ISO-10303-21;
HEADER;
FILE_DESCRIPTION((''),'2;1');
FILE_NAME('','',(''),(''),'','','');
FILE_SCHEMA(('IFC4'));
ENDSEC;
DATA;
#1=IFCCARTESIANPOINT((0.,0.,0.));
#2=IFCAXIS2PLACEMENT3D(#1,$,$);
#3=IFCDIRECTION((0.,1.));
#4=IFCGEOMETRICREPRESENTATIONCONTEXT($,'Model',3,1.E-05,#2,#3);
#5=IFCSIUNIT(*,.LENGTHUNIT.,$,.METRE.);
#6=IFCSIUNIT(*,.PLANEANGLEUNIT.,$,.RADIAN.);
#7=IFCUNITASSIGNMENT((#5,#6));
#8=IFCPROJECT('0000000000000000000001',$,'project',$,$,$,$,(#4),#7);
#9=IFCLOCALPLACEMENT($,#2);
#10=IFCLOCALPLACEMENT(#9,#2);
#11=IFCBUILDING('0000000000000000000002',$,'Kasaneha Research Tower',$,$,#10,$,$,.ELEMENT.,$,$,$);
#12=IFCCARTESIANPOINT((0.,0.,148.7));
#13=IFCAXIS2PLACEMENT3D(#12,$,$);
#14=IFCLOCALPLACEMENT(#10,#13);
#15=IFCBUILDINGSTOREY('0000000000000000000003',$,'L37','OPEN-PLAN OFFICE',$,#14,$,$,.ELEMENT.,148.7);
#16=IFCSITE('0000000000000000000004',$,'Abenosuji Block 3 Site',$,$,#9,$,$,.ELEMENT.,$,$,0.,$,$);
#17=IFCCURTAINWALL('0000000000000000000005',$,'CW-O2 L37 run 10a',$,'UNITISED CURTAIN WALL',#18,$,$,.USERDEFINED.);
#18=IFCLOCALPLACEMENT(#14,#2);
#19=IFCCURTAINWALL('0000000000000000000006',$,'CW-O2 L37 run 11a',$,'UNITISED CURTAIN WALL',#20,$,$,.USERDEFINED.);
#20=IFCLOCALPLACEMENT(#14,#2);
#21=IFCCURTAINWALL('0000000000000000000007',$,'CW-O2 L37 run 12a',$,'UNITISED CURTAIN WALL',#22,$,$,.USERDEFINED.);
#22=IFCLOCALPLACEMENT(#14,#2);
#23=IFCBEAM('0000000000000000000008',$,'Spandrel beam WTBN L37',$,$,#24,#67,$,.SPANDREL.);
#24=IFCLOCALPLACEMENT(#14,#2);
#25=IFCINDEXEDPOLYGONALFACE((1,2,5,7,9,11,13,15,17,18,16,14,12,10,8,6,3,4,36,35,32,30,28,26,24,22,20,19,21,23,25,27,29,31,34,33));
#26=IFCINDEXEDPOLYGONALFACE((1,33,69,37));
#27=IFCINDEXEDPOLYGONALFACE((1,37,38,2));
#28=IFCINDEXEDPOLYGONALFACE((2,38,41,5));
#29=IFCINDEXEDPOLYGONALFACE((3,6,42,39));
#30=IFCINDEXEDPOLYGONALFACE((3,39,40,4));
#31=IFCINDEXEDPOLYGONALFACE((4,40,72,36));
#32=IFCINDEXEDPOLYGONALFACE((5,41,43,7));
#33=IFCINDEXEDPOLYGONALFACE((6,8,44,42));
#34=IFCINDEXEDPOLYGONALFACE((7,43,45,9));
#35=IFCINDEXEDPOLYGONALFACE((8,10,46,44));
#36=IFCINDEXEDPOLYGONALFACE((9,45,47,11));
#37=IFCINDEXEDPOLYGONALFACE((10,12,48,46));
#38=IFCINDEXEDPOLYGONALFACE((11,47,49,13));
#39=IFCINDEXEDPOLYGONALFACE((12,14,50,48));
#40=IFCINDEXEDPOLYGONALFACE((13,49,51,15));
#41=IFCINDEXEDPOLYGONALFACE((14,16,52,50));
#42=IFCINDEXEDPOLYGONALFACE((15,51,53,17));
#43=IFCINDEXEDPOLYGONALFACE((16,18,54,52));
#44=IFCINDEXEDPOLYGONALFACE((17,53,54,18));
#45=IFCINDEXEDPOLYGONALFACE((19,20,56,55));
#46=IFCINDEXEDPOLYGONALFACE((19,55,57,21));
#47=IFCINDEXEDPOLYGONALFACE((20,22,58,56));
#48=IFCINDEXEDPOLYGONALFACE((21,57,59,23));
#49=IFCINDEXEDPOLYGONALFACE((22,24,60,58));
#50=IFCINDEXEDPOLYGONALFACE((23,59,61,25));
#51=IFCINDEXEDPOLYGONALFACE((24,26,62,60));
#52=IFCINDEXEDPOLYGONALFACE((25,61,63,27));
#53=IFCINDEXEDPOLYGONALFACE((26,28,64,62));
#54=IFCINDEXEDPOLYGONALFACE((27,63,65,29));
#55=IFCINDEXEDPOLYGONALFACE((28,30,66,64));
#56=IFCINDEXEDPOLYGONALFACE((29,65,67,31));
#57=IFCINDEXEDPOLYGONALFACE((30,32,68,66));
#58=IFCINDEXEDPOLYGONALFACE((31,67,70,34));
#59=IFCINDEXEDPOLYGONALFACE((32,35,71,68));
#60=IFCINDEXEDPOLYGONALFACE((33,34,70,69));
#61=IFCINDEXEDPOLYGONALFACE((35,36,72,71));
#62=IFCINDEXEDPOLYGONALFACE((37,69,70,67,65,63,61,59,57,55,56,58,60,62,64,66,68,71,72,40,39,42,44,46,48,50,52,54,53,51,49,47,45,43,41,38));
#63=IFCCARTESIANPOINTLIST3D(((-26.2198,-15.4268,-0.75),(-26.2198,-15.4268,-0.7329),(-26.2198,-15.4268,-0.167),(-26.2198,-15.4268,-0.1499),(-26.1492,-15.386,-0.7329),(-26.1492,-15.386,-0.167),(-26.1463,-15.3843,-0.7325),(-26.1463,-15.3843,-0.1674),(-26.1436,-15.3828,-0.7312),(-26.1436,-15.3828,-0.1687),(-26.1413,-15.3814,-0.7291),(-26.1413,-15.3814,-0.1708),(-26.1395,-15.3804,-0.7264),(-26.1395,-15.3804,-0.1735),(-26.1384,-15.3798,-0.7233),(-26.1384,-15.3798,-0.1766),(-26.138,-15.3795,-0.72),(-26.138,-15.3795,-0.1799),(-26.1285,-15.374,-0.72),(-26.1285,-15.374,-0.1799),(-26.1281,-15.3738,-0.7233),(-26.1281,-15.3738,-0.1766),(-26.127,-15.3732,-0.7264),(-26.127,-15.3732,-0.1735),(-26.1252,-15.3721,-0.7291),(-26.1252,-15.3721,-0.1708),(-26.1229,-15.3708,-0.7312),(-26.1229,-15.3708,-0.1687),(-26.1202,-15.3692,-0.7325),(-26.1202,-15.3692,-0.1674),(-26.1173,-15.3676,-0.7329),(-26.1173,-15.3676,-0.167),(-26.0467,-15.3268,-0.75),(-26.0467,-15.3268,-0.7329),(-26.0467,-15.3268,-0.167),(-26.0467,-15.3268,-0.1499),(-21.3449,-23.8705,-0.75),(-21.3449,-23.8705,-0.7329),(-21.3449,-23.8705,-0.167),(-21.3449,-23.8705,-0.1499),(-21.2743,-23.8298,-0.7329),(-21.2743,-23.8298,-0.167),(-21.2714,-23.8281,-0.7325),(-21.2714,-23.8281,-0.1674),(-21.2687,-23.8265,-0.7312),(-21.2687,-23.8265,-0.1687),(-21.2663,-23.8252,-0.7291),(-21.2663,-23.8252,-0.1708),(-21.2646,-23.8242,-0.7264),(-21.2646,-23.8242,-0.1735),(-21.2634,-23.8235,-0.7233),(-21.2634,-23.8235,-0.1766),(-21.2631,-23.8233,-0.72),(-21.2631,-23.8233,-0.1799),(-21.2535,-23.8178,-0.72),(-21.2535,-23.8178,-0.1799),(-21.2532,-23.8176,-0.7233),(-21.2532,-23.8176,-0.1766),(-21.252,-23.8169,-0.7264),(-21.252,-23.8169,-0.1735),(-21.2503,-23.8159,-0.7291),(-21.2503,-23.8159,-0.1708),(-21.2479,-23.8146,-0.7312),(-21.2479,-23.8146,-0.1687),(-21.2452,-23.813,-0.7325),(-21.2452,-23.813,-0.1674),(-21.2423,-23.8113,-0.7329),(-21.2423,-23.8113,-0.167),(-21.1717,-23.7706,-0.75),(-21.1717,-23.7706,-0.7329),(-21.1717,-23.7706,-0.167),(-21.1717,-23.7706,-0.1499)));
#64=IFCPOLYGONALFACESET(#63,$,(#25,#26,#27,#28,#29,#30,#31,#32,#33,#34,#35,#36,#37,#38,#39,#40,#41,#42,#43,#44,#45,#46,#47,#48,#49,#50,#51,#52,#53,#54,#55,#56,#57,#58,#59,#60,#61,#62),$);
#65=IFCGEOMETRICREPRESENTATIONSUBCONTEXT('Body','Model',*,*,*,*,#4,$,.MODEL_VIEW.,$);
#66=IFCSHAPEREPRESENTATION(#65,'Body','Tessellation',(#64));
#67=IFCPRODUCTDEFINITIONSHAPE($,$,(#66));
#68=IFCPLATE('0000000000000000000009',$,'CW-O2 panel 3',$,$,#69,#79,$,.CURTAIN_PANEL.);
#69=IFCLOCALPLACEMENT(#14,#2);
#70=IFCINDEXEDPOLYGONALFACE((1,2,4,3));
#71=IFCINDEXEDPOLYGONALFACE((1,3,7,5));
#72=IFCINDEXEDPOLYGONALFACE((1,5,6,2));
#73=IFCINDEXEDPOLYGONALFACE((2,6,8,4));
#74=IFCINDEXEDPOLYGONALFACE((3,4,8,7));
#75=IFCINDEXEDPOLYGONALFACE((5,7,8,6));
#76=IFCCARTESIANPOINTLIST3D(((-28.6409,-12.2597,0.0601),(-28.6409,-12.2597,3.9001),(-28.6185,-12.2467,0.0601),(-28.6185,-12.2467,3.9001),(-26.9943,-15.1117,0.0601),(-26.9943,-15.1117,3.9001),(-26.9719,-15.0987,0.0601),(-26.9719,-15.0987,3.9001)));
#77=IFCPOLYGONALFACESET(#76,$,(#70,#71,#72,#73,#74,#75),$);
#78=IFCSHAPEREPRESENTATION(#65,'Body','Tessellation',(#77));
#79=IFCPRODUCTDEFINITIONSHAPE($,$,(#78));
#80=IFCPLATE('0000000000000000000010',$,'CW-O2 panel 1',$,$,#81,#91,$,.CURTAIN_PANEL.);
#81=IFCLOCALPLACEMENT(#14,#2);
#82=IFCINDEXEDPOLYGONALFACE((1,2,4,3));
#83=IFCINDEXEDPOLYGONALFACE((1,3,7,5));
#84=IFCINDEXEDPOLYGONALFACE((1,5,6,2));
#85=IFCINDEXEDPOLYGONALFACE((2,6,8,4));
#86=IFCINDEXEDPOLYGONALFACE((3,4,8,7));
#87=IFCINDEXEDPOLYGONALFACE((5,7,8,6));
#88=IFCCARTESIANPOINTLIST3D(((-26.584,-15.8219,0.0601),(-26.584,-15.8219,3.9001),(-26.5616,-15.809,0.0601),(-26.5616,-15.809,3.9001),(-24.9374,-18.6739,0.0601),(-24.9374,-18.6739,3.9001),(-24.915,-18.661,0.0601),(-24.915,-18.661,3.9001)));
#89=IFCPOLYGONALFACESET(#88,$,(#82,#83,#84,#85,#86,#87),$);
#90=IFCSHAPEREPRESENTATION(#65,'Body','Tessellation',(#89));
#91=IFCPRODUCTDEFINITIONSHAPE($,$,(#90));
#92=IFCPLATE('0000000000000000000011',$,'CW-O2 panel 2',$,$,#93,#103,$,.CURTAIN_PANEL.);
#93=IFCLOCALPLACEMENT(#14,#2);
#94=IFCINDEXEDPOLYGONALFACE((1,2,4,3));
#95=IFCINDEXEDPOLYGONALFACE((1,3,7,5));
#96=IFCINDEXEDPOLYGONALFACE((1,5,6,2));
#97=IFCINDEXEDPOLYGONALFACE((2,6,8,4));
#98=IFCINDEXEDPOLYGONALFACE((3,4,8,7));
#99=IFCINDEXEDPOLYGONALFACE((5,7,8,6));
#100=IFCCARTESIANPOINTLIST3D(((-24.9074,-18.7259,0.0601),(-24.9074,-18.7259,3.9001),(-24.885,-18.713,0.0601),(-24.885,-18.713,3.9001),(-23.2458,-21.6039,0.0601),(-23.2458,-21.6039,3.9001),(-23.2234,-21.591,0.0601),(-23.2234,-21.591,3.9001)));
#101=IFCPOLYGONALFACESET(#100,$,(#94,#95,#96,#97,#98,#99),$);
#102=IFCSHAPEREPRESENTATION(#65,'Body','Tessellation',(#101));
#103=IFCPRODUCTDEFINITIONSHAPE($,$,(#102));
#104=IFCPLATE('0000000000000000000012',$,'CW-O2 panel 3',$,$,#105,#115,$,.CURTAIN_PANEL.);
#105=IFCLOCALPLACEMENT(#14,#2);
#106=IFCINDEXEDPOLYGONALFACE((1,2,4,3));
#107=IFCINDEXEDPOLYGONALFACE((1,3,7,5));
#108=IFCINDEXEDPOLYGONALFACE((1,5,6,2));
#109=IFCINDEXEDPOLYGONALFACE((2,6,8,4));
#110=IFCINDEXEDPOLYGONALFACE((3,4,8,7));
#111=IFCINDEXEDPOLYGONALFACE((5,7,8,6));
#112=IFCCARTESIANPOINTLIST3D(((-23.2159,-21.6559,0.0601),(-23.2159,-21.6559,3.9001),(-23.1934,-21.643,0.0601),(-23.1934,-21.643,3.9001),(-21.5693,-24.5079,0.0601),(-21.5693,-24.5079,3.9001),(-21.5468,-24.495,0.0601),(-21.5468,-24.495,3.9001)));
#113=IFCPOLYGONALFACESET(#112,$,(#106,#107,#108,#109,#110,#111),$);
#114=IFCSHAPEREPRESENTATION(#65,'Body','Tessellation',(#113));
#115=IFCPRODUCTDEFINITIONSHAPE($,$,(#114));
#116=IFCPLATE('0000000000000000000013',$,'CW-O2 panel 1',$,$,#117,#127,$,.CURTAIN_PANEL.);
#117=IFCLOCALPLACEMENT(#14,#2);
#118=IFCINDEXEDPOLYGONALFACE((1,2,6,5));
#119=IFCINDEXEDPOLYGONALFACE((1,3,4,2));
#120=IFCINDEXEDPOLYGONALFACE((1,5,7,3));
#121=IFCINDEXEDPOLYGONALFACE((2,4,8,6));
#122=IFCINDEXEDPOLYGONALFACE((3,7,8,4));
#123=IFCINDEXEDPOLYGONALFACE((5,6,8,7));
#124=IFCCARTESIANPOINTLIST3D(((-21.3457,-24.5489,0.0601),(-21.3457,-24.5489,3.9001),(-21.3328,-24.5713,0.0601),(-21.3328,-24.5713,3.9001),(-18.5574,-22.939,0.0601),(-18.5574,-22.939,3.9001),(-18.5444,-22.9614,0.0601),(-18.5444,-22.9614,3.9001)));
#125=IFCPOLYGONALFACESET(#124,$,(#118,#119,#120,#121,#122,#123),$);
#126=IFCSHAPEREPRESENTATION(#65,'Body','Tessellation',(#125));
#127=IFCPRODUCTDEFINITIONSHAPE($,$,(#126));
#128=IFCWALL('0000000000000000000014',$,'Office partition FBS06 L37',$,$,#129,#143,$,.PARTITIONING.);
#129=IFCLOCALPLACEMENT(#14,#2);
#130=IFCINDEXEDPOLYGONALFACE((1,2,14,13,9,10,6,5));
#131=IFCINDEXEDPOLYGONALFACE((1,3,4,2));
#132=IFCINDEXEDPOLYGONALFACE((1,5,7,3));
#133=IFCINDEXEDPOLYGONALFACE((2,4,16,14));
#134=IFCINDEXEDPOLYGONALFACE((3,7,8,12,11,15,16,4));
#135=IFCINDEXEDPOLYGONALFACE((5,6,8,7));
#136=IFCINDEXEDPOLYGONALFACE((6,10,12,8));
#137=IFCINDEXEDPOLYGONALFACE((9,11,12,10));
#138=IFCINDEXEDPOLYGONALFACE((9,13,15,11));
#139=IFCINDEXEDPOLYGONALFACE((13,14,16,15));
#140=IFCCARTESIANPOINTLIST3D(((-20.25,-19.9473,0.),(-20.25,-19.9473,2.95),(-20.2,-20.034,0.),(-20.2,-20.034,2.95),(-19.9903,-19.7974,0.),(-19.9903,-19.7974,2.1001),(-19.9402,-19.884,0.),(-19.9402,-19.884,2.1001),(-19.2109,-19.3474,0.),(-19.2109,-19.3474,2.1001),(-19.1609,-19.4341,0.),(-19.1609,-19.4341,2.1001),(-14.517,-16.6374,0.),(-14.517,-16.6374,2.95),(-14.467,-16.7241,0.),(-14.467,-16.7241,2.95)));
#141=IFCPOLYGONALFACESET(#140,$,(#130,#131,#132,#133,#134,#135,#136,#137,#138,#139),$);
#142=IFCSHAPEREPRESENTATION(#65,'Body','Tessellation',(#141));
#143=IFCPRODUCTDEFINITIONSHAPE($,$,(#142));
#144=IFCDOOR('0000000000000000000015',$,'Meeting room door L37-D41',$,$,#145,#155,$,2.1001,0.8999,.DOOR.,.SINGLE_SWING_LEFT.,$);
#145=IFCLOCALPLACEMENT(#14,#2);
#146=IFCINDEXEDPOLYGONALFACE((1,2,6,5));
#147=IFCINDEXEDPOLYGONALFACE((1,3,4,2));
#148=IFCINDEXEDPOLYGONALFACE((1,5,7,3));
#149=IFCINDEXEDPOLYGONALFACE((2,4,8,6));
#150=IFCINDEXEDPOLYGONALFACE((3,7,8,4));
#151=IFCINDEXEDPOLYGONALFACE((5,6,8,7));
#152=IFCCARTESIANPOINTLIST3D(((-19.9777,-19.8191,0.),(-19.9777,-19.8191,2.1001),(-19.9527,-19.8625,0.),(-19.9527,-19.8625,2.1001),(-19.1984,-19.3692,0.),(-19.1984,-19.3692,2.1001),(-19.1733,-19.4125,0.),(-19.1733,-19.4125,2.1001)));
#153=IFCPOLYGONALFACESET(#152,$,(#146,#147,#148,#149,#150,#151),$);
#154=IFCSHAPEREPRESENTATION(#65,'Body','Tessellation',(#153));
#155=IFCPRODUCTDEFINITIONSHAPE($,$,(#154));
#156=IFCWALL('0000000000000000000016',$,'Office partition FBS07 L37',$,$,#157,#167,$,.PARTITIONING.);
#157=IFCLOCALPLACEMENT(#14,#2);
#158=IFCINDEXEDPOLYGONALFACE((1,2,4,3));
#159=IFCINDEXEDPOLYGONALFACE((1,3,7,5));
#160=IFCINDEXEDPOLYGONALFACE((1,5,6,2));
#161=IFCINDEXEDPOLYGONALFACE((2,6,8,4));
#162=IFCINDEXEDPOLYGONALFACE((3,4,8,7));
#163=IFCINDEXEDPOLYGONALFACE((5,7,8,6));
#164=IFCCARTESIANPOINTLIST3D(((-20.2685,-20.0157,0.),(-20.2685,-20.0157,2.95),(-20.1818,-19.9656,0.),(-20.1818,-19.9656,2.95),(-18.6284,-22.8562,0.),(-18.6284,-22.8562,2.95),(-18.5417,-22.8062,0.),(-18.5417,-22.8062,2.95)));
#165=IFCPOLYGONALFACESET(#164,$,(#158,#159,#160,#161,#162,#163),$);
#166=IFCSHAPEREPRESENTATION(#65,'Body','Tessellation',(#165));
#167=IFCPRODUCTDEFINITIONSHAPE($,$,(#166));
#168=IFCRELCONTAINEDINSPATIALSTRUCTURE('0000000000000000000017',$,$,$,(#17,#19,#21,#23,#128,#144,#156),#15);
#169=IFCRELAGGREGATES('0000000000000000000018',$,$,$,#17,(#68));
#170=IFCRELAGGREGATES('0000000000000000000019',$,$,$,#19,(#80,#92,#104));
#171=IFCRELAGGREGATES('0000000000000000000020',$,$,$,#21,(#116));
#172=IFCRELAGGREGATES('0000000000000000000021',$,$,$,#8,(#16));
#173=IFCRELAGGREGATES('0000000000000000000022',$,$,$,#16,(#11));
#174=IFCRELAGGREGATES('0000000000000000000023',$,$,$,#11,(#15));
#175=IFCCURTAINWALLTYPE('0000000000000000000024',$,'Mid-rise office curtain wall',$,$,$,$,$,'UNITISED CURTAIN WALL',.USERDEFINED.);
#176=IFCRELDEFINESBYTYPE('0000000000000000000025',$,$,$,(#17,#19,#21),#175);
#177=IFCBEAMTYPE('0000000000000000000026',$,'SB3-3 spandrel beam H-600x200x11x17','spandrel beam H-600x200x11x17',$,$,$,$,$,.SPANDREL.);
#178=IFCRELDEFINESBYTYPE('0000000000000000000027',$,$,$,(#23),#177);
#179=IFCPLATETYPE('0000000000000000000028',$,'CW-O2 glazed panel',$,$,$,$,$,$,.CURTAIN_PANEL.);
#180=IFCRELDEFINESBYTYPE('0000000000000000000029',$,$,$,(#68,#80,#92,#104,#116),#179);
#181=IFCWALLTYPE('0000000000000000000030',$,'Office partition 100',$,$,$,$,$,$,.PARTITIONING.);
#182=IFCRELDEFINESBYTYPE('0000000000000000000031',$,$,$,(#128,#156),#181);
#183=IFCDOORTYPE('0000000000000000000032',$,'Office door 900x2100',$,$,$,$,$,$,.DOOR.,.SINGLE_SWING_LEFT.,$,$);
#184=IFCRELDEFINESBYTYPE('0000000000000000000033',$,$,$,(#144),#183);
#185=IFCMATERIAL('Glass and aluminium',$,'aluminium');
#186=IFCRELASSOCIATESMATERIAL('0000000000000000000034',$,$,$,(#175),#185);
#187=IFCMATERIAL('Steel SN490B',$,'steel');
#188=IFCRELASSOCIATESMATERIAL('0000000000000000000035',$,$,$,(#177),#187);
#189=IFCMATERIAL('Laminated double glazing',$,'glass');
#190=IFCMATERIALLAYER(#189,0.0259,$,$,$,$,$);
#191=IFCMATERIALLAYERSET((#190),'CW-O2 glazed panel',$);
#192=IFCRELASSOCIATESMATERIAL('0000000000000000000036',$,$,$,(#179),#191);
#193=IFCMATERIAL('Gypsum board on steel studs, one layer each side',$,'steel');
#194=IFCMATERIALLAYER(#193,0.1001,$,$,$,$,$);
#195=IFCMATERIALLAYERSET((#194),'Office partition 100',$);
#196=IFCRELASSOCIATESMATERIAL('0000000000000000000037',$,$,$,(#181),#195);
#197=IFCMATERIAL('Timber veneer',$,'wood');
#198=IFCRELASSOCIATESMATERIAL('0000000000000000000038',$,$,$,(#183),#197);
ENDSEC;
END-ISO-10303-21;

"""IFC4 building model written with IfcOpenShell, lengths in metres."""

from ifc_helpers import new_model, si_unit, direction, frame, frame_2d, origin, origin_2d, place, context, subcontext, project, spatial, rectangle, i_section, extrude, material, layer, layer_set, material_profile, profile_set, type_object, element, fill, aggregate, save


model = new_model("IFC4")

# Units and contexts
model_context = context("Model", 3, precision=1e-05, world=origin(), true_north=direction((0.0, 1.0)))
body_context = subcontext(model_context, "Body", "Model", "MODEL_VIEW")
ifc_project = project(units=[si_unit("LENGTHUNIT", "METRE"), si_unit("PLANEANGLEUNIT", "RADIAN")], contexts=[model_context])

# Site, building, storey
site_placement = place(None, origin())
site = spatial("IfcSite", under=ifc_project, at=site_placement, Name="Abenosuji Block 3 Site", CompositionType="ELEMENT", RefElevation=0.0)
building_placement = place(site_placement, origin())
building = spatial("IfcBuilding", under=site, at=building_placement, Name="Kasaneha Research Tower", CompositionType="ELEMENT")
storey_placement = place(building_placement, frame((0.0, 0.0, 148.7)))
storey = spatial("IfcBuildingStorey", under=building, at=storey_placement, Name="L37", Description="OPEN-PLAN OFFICE", CompositionType="ELEMENT", Elevation=148.7)

# Curtain wall
ifc_material_1 = material(Name="Glass and aluminium", Category="aluminium")
curtain_wall_type = type_object("IfcCurtainWallType", Name="Mid-rise office curtain wall", ElementType="UNITISED CURTAIN WALL", PredefinedType="USERDEFINED", material=ifc_material_1)
curtain_wall_1_placement = place(storey_placement, origin())
curtain_wall_1 = element("IfcCurtainWall", 1, at=curtain_wall_1_placement, inside=storey, type_object=curtain_wall_type, Name="CW-O2 L37 run 10a", ObjectType="UNITISED CURTAIN WALL", PredefinedType="USERDEFINED")

# Curtain walls
curtain_wall_2_placement = place(storey_placement, origin())
curtain_wall_2 = element("IfcCurtainWall", 2, at=curtain_wall_2_placement, inside=storey, type_object=curtain_wall_type, Name="CW-O2 L37 run 11a", ObjectType="UNITISED CURTAIN WALL", PredefinedType="USERDEFINED")
curtain_wall_3_placement = place(storey_placement, origin())
curtain_wall_3 = element("IfcCurtainWall", 3, at=curtain_wall_3_placement, inside=storey, type_object=curtain_wall_type, Name="CW-O2 L37 run 12a", ObjectType="UNITISED CURTAIN WALL", PredefinedType="USERDEFINED")

# Beam
ifc_material_2 = material(Name="Steel SN490B", Category="steel")
ifc_material_profile_1 = material_profile(ifc_material_2, i_section(OverallWidth=0.2, OverallDepth=0.6001, WebThickness=0.011, FlangeThickness=0.0171, FilletRadius=0.0129, at=origin_2d()), Name="H-600x200x11x17")
ifc_profile_set_1 = profile_set([ifc_material_profile_1], Name="Steel SN490B")
beam_type = type_object("IfcBeamType", Name="SB3-3 spandrel beam H-600x200x11x17", Description="spandrel beam H-600x200x11x17", PredefinedType="SPANDREL", material=ifc_profile_set_1)
beam_placement = place(storey_placement, frame((-21.2583, -23.8206, -0.45), z_axis=(-0.499996, 0.866028, 0.0), x_axis=(-0.866028, -0.499996, 0.0)))
element("IfcBeam", 4, at=beam_placement, inside=storey, type_object=beam_type, Name="Spandrel beam WTBN L37", PredefinedType="SPANDREL", context=body_context, shape_type="SweptSolid", body=[
    extrude(i_section(OverallWidth=0.2, OverallDepth=0.6001, WebThickness=0.011, FlangeThickness=0.0171, FilletRadius=0.0129, at=origin_2d()), origin(), (0.0, 0.0, 1.0), 9.75),
])

# Plates
ifc_material_3 = material(Name="Laminated double glazing", Category="glass")
ifc_layer_1 = layer(ifc_material_3, 0.0259)
ifc_layer_set_1 = layer_set([ifc_layer_1], Name="CW-O2 glazed panel")
plate_type = type_object("IfcPlateType", Name="CW-O2 glazed panel", PredefinedType="CURTAIN_PANEL", material=ifc_layer_set_1)
plate_1_placement = place(storey_placement, frame((-27.8064, -13.6792, 0.0601), z_axis=(0.0, 0.0, 1.0), x_axis=(0.5, -0.866025, 0.0)))
plate_1 = element("IfcPlate", 5, at=plate_1_placement, type_object=plate_type, Name="CW-O2 panel 3", PredefinedType="CURTAIN_PANEL", context=body_context, shape_type="SweptSolid", body=[
    extrude(rectangle(XDim=3.2932, YDim=0.0259, at=origin_2d()), origin(), (0.0, 0.0, 1.0), 3.8401),
])
aggregate(curtain_wall_1, [plate_1])
plate_2_placement = place(storey_placement, frame((-25.7495, -17.2415, 0.0601), z_axis=(0.0, 0.0, 1.0), x_axis=(0.5, -0.866025, 0.0)))
plate_2 = element("IfcPlate", 6, at=plate_2_placement, type_object=plate_type, Name="CW-O2 panel 1", PredefinedType="CURTAIN_PANEL", context=body_context, shape_type="SweptSolid", body=[
    extrude(rectangle(XDim=3.2932, YDim=0.0259, at=origin_2d()), origin(), (0.0, 0.0, 1.0), 3.8401),
])
plate_3_placement = place(storey_placement, frame((-24.0654, -20.1584, 0.0601), z_axis=(0.0, 0.0, 1.0), x_axis=(0.5, -0.866025, 0.0)))
plate_3 = element("IfcPlate", 7, at=plate_3_placement, type_object=plate_type, Name="CW-O2 panel 2", PredefinedType="CURTAIN_PANEL", context=body_context, shape_type="SweptSolid", body=[
    extrude(rectangle(XDim=3.3232, YDim=0.0259, at=origin_2d()), origin(), (0.0, 0.0, 1.0), 3.8401),
])
plate_4_placement = place(storey_placement, frame((-22.3813, -23.0754, 0.0601), z_axis=(0.0, 0.0, 1.0), x_axis=(0.5, -0.866025, 0.0)))
plate_4 = element("IfcPlate", 8, at=plate_4_placement, type_object=plate_type, Name="CW-O2 panel 3", PredefinedType="CURTAIN_PANEL", context=body_context, shape_type="SweptSolid", body=[
    extrude(rectangle(XDim=3.2932, YDim=0.0259, at=origin_2d()), origin(), (0.0, 0.0, 1.0), 3.8401),
])
aggregate(curtain_wall_2, [plate_2, plate_3, plate_4])
plate_5_placement = place(storey_placement, frame((-19.9451, -23.7551, 0.0601), z_axis=(0.0, 0.0, 1.0), x_axis=(0.866025, 0.5, 0.0)))
plate_5 = element("IfcPlate", 9, at=plate_5_placement, type_object=plate_type, Name="CW-O2 panel 1", PredefinedType="CURTAIN_PANEL", context=body_context, shape_type="SweptSolid", body=[
    extrude(rectangle(XDim=3.2197, YDim=0.0259, at=origin_2d()), origin(), (0.0, 0.0, 1.0), 3.8401),
])
aggregate(curtain_wall_3, [plate_5])

# Wall, opening, door
ifc_material_4 = material(Name="Gypsum board on steel studs, one layer each side", Category="steel")
ifc_layer_2 = layer(ifc_material_4, 0.1001)
ifc_layer_set_2 = layer_set([ifc_layer_2], Name="Office partition 100")
wall_type = type_object("IfcWallType", Name="Office partition 100", PredefinedType="PARTITIONING", material=ifc_layer_set_2)
wall_1_placement = place(storey_placement, frame((-20.2251, -19.9907, 0.0), z_axis=(0.0, 0.0, 1.0), x_axis=(0.866031, 0.499991, 0.0)))
wall_1 = element("IfcWall", 10, at=wall_1_placement, inside=storey, type_object=wall_type, Name="Office partition FBS06 L37", PredefinedType="PARTITIONING", context=body_context, shape_type="SweptSolid", body=[
    extrude(rectangle(XDim=6.6199, YDim=0.1001, at=frame_2d((3.3101, 0.0))), origin(), (0.0, 0.0, 1.0), 2.95),
])
opening_1_placement = place(wall_1_placement, frame((0.3, 0.0, 0.0)))
opening_1 = element("IfcOpeningElement", 11, at=opening_1_placement, cuts=wall_1, PredefinedType="OPENING", context=body_context, shape_type="SweptSolid", body=[
    extrude(rectangle(XDim=0.8999, YDim=2.1001, at=frame_2d((0.45, 1.05))), frame((0.0, 0.0601, 0.0), z_axis=(0.0, -1.0, 0.0), x_axis=(1.0, 0.0, 0.0)), (0.0, 0.0, 1.0), 0.1201),
])
ifc_material_5 = material(Name="Timber veneer", Category="wood")
door_type = type_object("IfcDoorType", Name="Office door 900x2100", OperationType="SINGLE_SWING_LEFT", PredefinedType="DOOR", material=ifc_material_5)
door_1_placement = place(opening_1_placement, origin())
door_1 = element("IfcDoor", 12, at=door_1_placement, inside=storey, type_object=door_type, Name="Meeting room door L37-D41", OperationType="SINGLE_SWING_LEFT", OverallHeight=2.1001, OverallWidth=0.8999, PredefinedType="DOOR", context=body_context, shape_type="SweptSolid", body=[
    extrude(rectangle(XDim=0.8999, YDim=2.1001, at=frame_2d((0.45, 1.05))), frame((0.0, 0.0249, 0.0), z_axis=(0.0, -1.0, 0.0), x_axis=(1.0, 0.0, 0.0)), (0.0, 0.0, 1.0), 0.05),
])
fill(opening_1, door_1)

# Wall
wall_2_placement = place(storey_placement, frame((-18.585, -22.8313, 0.0), z_axis=(0.0, 0.0, 1.0), x_axis=(-0.50003, 0.866008, 0.0)))
element("IfcWall", 13, at=wall_2_placement, inside=storey, type_object=wall_type, Name="Office partition FBS07 L37", PredefinedType="PARTITIONING", context=body_context, shape_type="SweptSolid", body=[
    extrude(rectangle(XDim=3.28, YDim=0.1001, at=frame_2d((1.6401, 0.0))), origin(), (0.0, 0.0, 1.0), 2.95),
])

save(model, "model.ifc")
